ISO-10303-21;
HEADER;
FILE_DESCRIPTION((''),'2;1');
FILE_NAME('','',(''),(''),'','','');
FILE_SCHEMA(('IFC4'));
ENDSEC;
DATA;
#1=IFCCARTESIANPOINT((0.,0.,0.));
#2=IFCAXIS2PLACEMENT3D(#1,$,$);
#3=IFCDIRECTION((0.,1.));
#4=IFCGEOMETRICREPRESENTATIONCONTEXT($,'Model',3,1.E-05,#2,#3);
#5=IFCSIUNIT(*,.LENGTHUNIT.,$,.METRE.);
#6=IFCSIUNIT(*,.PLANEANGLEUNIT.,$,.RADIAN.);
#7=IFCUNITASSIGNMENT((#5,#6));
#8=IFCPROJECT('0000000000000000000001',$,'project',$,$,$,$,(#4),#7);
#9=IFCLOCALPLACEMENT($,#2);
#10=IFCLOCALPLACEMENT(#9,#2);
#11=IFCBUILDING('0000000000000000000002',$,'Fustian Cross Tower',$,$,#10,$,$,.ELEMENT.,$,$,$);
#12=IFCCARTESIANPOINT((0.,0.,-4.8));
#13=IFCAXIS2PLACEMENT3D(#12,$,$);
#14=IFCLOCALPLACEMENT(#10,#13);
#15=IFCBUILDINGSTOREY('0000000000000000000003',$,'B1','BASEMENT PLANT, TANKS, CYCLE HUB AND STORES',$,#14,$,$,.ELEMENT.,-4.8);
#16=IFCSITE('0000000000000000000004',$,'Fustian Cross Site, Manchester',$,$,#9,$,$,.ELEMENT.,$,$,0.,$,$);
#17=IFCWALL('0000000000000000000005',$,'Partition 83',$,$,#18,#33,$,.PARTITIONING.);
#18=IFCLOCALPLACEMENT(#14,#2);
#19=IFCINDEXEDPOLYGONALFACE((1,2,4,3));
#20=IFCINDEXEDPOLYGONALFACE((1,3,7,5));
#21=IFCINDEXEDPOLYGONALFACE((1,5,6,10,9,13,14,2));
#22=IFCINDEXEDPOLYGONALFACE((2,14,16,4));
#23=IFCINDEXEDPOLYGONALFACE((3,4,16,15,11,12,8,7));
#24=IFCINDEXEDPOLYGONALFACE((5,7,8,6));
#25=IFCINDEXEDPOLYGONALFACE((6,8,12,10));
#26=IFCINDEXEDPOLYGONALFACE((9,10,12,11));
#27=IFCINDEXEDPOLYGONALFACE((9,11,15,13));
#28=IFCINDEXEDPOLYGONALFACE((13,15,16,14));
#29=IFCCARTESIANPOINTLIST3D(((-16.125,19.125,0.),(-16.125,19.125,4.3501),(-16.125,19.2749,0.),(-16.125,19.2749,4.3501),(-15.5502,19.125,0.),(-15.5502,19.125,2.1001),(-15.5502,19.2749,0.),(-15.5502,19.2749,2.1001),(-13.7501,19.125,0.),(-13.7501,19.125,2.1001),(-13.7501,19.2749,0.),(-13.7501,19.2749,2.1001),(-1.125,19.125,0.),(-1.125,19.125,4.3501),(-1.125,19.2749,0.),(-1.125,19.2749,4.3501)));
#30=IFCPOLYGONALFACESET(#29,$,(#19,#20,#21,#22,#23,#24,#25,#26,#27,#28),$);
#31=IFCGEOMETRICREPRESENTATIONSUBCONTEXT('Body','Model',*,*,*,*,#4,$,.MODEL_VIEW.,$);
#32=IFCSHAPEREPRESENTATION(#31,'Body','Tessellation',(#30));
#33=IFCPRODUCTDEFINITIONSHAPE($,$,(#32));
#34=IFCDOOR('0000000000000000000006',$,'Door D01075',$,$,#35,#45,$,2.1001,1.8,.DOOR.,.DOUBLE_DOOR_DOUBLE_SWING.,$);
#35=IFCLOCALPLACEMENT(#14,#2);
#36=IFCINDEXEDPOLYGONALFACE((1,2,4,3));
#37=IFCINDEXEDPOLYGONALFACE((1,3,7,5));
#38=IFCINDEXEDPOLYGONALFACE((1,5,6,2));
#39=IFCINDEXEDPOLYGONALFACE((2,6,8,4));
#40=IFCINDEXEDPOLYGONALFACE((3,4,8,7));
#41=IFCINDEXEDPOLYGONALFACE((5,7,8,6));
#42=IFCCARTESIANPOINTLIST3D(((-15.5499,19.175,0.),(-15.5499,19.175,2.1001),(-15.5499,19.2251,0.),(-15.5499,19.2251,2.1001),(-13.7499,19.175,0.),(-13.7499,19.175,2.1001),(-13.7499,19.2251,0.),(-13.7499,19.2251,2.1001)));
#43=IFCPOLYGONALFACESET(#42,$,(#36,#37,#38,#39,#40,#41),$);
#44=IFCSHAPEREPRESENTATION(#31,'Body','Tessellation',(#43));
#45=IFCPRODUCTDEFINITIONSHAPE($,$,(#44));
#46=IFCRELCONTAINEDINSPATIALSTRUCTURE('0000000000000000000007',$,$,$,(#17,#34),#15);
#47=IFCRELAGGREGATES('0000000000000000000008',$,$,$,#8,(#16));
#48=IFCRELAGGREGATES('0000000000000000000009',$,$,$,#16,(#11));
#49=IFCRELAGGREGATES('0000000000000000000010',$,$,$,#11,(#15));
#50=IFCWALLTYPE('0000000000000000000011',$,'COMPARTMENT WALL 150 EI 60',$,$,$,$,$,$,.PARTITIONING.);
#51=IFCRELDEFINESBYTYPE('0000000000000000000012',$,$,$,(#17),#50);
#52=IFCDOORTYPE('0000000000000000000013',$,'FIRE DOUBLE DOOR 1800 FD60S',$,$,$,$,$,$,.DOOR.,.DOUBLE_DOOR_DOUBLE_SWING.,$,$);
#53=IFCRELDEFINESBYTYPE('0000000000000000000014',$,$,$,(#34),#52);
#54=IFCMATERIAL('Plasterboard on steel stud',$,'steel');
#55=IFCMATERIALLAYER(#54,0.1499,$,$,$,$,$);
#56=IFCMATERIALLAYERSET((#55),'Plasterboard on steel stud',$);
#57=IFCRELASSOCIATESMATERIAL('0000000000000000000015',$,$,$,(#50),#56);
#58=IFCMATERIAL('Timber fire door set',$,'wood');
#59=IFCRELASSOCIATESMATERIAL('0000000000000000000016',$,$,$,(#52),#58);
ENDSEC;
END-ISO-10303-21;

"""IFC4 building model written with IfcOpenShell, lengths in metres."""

from ifc_helpers import new_model, si_unit, direction, frame, frame_2d, origin, place, context, subcontext, project, spatial, rectangle, extrude, material, layer, layer_set, type_object, element, fill, save


model = new_model("IFC4")

# Units and contexts
model_context = context("Model", 3, precision=1e-05, world=origin(), true_north=direction((0.0, 1.0)))
body_context = subcontext(model_context, "Body", "Model", "MODEL_VIEW")
ifc_project = project(units=[si_unit("LENGTHUNIT", "METRE"), si_unit("PLANEANGLEUNIT", "RADIAN")], contexts=[model_context])

# Site, building, storey
site_placement = place(None, origin())
site = spatial("IfcSite", under=ifc_project, at=site_placement, Name="Fustian Cross Site, Manchester", CompositionType="ELEMENT", RefElevation=0.0)
building_placement = place(site_placement, origin())
building = spatial("IfcBuilding", under=site, at=building_placement, Name="Fustian Cross Tower", CompositionType="ELEMENT")
storey_placement = place(building_placement, frame((0.0, 0.0, -4.8)))
storey = spatial("IfcBuildingStorey", under=building, at=storey_placement, Name="B1", Description="BASEMENT PLANT, TANKS, CYCLE HUB AND STORES", CompositionType="ELEMENT", Elevation=-4.8)

# Wall, opening, door
ifc_material_1 = material(Name="Plasterboard on steel stud", Category="steel")
ifc_layer = layer(ifc_material_1, 0.1499)
ifc_layer_set = layer_set([ifc_layer], Name="Plasterboard on steel stud")
wall_type = type_object("IfcWallType", Name="COMPARTMENT WALL 150 EI 60", PredefinedType="PARTITIONING", material=ifc_layer_set)
ifc_material_2 = material(Name="Timber fire door set", Category="wood")
door_type_1 = type_object("IfcDoorType", Name="FIRE DOUBLE DOOR 1800 FD60S", OperationType="DOUBLE_DOOR_DOUBLE_SWING", PredefinedType="DOOR", material=ifc_material_2)
wall_1_placement = place(storey_placement, frame((-16.125, 19.2, 0.0), z_axis=(0.0, 0.0, 1.0), x_axis=(1.0, 0.0, 0.0)))
wall_1 = element("IfcWall", 1, at=wall_1_placement, inside=storey, type_object=wall_type, Name="Partition 83", PredefinedType="PARTITIONING", context=body_context, shape_type="SweptSolid", body=[
    extrude(rectangle(XDim=15.0, YDim=0.1499, at=frame_2d((7.5, 0.0))), origin(), (0.0, 0.0, 1.0), 4.3501),
])
opening_1_placement = place(wall_1_placement, frame((0.575, 0.0, 0.0)))
opening_1 = element("IfcOpeningElement", 2, at=opening_1_placement, cuts=wall_1, PredefinedType="OPENING", context=body_context, shape_type="SweptSolid", body=[
    extrude(rectangle(XDim=1.8, YDim=2.1001, at=frame_2d((0.8999, 1.05))), frame((0.0, 0.085, 0.0), z_axis=(0.0, -1.0, 0.0), x_axis=(1.0, 0.0, 0.0)), (0.0, 0.0, 1.0), 0.1699),
])
door_1_placement = place(opening_1_placement, frame((1.8, 0.0, 0.0), z_axis=(0.0, 0.0, 1.0), x_axis=(-1.0, 0.0, 0.0)))
door_1 = element("IfcDoor", 3, at=door_1_placement, inside=storey, type_object=door_type_1, Name="Door D01075", OperationType="DOUBLE_DOOR_DOUBLE_SWING", OverallHeight=2.1001, OverallWidth=1.8, PredefinedType="DOOR", context=body_context, shape_type="SweptSolid", body=[
    extrude(rectangle(XDim=1.8, YDim=2.1001, at=frame_2d((0.8999, 1.05))), frame((0.0, 0.0249, 0.0), z_axis=(0.0, -1.0, 0.0), x_axis=(1.0, 0.0, 0.0)), (0.0, 0.0, 1.0), 0.05),
])
fill(opening_1, door_1)

save(model, "model.ifc")
